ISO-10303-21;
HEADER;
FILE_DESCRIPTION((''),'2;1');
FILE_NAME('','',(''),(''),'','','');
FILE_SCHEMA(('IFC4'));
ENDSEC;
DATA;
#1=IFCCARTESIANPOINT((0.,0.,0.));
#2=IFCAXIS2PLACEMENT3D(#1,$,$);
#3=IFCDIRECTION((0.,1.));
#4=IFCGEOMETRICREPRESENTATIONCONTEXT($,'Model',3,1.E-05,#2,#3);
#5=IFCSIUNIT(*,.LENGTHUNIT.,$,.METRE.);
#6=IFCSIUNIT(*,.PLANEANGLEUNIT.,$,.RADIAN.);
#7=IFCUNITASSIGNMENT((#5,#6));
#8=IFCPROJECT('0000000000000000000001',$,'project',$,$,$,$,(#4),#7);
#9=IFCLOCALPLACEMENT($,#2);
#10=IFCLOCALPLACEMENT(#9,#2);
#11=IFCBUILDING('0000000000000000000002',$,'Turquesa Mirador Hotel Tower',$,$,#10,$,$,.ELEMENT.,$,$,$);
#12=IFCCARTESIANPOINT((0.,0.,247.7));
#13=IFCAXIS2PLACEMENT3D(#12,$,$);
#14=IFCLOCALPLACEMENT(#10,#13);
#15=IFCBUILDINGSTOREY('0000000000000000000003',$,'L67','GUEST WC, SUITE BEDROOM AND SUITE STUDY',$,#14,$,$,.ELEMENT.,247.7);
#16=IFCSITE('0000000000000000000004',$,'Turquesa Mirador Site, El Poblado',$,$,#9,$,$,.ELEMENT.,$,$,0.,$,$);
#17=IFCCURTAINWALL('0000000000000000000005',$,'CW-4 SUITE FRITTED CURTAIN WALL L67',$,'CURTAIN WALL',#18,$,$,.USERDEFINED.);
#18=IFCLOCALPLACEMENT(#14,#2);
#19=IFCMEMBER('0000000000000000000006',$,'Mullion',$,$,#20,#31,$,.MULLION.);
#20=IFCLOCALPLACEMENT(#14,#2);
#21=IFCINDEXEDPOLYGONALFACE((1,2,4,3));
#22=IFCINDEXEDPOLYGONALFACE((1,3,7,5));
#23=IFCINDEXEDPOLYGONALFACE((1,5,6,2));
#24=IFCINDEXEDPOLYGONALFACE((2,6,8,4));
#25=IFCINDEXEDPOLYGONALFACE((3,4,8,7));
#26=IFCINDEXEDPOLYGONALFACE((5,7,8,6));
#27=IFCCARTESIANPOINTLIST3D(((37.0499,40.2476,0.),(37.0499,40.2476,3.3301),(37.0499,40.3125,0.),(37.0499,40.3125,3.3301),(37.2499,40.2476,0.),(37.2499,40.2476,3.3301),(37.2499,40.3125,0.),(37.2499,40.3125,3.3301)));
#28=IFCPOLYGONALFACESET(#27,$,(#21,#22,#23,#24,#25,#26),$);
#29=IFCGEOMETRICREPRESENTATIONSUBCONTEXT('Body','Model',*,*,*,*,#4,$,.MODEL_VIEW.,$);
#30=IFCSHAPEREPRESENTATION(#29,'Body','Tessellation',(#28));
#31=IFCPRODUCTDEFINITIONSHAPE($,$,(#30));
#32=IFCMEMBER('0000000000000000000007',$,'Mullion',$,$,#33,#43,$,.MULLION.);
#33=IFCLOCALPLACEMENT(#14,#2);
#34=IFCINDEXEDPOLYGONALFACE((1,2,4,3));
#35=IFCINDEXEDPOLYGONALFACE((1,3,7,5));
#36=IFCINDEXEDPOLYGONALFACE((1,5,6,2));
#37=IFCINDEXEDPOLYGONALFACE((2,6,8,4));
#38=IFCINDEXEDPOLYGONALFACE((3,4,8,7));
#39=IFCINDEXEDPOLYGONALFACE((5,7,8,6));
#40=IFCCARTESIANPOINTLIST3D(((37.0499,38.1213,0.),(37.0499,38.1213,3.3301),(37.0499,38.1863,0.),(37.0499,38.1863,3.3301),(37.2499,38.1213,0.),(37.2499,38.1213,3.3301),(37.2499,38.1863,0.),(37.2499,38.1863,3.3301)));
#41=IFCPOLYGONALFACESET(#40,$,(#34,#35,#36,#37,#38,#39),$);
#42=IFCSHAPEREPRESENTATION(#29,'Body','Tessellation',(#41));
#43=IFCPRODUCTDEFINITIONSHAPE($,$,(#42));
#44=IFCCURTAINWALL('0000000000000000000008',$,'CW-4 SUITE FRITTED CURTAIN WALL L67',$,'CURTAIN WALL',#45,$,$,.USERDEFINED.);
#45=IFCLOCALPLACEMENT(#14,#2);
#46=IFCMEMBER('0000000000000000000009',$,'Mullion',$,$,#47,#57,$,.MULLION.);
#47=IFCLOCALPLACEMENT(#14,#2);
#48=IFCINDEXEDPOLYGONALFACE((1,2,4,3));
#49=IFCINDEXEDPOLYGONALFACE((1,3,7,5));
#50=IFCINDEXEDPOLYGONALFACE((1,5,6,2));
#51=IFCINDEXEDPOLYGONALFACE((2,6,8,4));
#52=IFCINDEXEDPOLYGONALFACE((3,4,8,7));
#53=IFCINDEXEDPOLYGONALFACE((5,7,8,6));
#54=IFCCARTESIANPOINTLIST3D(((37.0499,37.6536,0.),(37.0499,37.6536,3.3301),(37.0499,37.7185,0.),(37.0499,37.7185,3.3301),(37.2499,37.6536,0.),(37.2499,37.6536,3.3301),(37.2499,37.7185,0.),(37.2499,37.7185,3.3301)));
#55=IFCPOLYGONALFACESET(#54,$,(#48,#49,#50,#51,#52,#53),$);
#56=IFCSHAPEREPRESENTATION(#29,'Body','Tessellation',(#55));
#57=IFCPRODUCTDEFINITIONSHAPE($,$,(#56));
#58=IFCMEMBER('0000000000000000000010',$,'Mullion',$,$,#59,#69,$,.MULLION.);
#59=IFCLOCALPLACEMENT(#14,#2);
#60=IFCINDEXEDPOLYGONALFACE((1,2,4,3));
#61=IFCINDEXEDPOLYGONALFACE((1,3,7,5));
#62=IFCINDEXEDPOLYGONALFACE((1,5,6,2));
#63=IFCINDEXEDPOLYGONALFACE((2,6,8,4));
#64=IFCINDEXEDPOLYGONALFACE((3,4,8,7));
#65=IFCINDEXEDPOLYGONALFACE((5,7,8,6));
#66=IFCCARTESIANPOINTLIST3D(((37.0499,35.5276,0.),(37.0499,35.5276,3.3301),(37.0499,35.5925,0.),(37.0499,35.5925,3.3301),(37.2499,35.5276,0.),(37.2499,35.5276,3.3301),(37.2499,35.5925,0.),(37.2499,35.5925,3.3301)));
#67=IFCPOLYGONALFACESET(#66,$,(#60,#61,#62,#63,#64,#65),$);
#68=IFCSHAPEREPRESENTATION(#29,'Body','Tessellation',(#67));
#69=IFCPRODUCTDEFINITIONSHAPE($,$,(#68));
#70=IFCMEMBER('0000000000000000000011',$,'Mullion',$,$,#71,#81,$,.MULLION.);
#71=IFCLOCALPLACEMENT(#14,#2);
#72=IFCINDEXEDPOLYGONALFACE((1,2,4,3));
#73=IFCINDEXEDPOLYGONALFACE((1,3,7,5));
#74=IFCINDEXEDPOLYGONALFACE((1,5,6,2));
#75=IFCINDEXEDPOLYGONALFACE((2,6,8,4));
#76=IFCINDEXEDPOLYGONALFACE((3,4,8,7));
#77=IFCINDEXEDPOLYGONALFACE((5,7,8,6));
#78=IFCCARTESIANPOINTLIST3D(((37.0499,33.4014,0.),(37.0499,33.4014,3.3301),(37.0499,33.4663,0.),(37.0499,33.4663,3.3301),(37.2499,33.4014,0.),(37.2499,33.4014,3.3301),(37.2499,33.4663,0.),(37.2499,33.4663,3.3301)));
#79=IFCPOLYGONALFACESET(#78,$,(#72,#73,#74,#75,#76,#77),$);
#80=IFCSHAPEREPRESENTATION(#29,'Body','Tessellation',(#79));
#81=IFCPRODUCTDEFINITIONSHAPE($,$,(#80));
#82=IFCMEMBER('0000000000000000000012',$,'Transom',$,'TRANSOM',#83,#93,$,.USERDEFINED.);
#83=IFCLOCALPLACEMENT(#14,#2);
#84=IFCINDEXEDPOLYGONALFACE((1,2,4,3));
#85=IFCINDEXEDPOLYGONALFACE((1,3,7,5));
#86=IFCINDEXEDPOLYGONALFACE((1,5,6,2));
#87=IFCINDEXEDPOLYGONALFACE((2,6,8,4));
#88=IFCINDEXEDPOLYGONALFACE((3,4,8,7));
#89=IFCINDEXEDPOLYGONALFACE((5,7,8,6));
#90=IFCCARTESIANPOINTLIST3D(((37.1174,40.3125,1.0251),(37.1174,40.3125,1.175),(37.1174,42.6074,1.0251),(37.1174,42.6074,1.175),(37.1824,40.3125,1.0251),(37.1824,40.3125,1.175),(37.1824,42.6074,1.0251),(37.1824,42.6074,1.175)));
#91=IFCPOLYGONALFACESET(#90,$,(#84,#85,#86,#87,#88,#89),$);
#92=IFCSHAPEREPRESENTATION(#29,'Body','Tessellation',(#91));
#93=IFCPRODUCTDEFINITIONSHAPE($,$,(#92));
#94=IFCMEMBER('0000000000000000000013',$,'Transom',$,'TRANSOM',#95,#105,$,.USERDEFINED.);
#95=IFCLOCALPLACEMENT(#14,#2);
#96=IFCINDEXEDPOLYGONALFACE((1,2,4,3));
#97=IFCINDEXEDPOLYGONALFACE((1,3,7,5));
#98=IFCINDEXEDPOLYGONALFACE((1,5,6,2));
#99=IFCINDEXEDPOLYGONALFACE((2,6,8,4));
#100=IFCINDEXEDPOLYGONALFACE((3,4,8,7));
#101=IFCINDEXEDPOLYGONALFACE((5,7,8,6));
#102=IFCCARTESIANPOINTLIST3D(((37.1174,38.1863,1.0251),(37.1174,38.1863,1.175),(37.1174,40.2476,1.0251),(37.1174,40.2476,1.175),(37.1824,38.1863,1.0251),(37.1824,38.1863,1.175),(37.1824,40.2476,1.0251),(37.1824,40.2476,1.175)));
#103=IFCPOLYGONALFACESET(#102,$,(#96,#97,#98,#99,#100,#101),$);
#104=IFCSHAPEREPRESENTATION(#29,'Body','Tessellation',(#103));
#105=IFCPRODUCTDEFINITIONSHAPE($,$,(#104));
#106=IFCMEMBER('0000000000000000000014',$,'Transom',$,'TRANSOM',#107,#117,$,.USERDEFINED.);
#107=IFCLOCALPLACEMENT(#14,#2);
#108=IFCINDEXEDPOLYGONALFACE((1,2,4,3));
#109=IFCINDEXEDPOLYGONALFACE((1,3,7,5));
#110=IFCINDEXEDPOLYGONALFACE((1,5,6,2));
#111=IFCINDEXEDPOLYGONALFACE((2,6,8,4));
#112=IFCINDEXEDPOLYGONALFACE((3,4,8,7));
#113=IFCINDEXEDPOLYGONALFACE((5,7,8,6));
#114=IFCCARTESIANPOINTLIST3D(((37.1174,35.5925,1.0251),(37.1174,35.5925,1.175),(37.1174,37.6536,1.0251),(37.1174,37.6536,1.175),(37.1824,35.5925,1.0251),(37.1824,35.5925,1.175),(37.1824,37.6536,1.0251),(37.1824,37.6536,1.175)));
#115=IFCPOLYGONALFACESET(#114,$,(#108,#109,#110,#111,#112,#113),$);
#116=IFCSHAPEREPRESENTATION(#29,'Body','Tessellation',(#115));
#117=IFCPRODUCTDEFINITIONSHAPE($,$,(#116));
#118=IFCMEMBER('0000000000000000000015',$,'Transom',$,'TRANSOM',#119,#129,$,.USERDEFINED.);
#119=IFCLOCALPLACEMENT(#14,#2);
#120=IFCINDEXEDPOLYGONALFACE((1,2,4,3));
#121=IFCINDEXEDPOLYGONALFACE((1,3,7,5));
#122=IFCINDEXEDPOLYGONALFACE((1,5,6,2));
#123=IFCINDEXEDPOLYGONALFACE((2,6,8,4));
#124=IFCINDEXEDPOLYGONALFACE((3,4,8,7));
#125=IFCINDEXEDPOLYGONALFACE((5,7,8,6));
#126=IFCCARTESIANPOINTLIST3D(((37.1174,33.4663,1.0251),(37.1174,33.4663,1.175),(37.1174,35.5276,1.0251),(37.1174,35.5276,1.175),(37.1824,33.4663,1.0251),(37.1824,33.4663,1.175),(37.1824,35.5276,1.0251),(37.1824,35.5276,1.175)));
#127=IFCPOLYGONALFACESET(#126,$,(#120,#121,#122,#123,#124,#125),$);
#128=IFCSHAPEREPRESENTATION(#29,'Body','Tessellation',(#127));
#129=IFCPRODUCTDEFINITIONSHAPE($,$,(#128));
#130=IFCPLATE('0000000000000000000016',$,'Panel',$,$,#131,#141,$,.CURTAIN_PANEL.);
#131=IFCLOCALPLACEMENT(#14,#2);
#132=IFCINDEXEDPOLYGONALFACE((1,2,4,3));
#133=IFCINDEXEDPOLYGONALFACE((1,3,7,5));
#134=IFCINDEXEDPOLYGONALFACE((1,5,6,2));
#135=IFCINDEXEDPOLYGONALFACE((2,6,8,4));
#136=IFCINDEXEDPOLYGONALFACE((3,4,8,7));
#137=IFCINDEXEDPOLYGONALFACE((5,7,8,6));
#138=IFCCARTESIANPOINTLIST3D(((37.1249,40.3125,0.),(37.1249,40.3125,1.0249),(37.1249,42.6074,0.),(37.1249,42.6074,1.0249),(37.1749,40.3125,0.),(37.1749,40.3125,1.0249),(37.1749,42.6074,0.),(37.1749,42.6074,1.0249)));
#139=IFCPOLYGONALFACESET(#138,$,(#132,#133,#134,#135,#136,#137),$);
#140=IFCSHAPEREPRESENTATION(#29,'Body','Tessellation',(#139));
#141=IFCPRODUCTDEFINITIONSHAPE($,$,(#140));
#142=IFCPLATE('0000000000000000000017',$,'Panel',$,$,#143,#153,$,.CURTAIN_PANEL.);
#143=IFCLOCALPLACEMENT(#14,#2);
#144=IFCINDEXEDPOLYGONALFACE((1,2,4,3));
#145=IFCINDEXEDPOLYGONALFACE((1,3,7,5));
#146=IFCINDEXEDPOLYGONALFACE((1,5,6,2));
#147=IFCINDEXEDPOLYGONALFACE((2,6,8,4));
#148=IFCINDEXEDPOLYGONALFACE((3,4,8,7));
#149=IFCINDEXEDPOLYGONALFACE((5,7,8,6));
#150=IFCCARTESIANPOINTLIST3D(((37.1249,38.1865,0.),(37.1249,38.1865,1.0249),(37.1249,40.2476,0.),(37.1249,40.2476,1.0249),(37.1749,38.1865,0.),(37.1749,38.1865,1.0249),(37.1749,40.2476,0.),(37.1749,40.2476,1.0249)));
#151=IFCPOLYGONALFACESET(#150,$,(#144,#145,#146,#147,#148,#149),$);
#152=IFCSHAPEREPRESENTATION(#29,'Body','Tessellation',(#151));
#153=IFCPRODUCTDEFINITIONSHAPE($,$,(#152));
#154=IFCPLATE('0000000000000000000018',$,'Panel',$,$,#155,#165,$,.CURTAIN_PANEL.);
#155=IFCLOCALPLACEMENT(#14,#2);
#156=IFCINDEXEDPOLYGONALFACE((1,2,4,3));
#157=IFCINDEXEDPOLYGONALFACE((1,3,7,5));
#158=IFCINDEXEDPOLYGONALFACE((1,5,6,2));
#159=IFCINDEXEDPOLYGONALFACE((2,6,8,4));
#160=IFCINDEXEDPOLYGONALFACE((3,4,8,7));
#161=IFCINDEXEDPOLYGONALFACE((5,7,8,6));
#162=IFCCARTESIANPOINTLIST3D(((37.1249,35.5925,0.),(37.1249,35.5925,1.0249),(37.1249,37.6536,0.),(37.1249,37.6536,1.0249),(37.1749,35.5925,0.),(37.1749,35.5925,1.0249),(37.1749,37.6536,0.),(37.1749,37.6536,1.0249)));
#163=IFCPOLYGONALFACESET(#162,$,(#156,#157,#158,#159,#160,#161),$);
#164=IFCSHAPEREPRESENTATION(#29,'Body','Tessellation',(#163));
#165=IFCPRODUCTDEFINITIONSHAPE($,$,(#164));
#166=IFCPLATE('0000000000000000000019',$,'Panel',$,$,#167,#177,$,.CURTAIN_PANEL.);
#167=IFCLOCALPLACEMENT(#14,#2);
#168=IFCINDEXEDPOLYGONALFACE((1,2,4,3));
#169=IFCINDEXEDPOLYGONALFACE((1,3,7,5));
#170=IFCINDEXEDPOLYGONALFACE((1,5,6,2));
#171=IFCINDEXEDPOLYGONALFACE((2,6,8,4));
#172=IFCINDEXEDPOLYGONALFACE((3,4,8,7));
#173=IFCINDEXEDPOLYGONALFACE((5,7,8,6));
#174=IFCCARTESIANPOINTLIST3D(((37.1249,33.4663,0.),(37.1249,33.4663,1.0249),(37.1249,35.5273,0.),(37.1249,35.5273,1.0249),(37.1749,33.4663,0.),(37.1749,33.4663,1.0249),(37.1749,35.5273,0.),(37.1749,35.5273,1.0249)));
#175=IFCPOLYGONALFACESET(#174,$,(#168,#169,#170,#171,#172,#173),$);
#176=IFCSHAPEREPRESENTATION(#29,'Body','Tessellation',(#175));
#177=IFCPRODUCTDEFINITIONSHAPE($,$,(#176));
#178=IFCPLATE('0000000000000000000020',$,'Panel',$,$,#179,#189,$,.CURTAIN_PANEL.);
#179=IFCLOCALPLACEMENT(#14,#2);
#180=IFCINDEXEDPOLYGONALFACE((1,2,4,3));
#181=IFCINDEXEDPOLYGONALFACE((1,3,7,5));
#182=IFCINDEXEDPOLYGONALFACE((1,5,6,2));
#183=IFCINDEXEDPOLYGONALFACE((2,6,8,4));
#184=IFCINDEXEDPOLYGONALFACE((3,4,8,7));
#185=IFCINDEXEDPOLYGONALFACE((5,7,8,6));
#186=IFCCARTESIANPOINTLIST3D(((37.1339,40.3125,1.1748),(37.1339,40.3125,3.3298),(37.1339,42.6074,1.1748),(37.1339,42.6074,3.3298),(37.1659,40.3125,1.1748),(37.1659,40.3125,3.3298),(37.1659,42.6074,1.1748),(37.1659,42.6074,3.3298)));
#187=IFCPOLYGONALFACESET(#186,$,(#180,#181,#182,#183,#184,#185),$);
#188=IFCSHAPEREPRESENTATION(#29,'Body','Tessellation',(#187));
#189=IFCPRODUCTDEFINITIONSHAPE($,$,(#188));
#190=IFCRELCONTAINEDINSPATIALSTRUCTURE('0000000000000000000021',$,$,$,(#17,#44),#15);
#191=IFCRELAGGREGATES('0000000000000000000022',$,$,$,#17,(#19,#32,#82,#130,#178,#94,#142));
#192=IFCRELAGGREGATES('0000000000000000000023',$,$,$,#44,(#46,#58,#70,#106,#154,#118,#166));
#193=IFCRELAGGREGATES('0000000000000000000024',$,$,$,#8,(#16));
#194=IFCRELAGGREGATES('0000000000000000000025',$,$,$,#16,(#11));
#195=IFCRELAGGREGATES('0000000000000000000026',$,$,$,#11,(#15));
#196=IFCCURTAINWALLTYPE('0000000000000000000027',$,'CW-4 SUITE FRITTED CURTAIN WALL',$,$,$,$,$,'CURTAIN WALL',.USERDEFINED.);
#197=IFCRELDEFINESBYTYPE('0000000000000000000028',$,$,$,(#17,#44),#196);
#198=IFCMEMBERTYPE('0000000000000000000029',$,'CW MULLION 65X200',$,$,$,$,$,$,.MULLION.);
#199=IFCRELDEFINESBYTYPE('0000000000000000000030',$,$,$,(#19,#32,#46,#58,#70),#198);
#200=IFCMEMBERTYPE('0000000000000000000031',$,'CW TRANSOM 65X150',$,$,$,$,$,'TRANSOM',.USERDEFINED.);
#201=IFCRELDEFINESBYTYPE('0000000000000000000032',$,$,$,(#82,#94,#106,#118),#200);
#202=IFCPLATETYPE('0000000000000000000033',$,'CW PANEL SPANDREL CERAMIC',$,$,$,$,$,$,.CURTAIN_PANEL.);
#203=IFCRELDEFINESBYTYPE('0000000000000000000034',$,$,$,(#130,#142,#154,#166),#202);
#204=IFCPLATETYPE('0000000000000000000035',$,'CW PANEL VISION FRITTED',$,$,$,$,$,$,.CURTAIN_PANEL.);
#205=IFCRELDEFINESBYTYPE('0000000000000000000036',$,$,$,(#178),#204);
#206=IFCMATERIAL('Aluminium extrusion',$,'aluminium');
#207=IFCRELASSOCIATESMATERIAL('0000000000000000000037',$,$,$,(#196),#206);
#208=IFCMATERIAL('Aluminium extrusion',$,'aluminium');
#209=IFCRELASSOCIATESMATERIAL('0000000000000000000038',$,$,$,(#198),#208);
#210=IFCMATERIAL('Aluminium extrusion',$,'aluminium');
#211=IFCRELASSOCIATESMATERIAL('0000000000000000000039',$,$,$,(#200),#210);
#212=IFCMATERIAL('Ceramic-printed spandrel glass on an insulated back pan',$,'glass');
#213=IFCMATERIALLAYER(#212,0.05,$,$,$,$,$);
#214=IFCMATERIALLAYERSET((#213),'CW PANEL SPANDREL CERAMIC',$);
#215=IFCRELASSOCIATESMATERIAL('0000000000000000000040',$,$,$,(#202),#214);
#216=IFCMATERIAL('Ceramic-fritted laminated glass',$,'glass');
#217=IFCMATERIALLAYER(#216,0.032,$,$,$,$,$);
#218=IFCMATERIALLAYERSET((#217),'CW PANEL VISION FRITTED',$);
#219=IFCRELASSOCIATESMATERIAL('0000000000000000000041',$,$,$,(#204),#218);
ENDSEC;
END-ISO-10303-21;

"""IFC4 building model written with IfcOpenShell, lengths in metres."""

from ifc_helpers import new_model, si_unit, direction, frame, origin, origin_2d, place, context, subcontext, project, spatial, rectangle, extrude, material, layer, layer_set, material_profile, profile_set, type_object, element, aggregate, save


model = new_model("IFC4")

# Units and contexts
model_context = context("Model", 3, precision=1e-05, world=origin(), true_north=direction((0.0, 1.0)))
body_context = subcontext(model_context, "Body", "Model", "MODEL_VIEW")
ifc_project = project(units=[si_unit("LENGTHUNIT", "METRE"), si_unit("PLANEANGLEUNIT", "RADIAN")], contexts=[model_context])

# Site, building, storey
site_placement = place(None, origin())
site = spatial("IfcSite", under=ifc_project, at=site_placement, Name="Turquesa Mirador Site, El Poblado", CompositionType="ELEMENT", RefElevation=0.0)
building_placement = place(site_placement, origin())
building = spatial("IfcBuilding", under=site, at=building_placement, Name="Turquesa Mirador Hotel Tower", CompositionType="ELEMENT")
storey_placement = place(building_placement, frame((0.0, 0.0, 247.7)))
storey = spatial("IfcBuildingStorey", under=building, at=storey_placement, Name="L67", Description="GUEST WC, SUITE BEDROOM AND SUITE STUDY", CompositionType="ELEMENT", Elevation=247.7)

# Curtain walls, members
ifc_material_1 = material(Name="Aluminium extrusion", Category="aluminium")
curtain_wall_type = type_object("IfcCurtainWallType", Name="CW-4 SUITE FRITTED CURTAIN WALL", ElementType="CURTAIN WALL", PredefinedType="USERDEFINED", material=ifc_material_1)
curtain_wall_1_placement = place(storey_placement, origin())
curtain_wall_1 = element("IfcCurtainWall", 1, at=curtain_wall_1_placement, inside=storey, type_object=curtain_wall_type, Name="CW-4 SUITE FRITTED CURTAIN WALL L67", ObjectType="CURTAIN WALL", PredefinedType="USERDEFINED")
ifc_material_2 = material(Name="Aluminium extrusion", Category="aluminium")
ifc_material_profile_1 = material_profile(ifc_material_2, rectangle(XDim=0.0649, YDim=0.2, at=origin_2d()), Name="MULLION 65X200")
ifc_profile_set_1 = profile_set([ifc_material_profile_1], Name="Aluminium extrusion")
member_type_1 = type_object("IfcMemberType", Name="CW MULLION 65X200", PredefinedType="MULLION", material=ifc_profile_set_1)
member_1_placement = place(storey_placement, frame((37.1499, 40.28, 0.0), z_axis=(0.0, 0.0, 1.0), x_axis=(0.0, -1.0, 0.0)))
member_1 = element("IfcMember", 2, at=member_1_placement, type_object=member_type_1, Name="Mullion", PredefinedType="MULLION", context=body_context, shape_type="SweptSolid", body=[
    extrude(rectangle(XDim=0.0649, YDim=0.2, at=origin_2d()), origin(), (0.0, 0.0, 1.0), 3.3301),
])
member_2_placement = place(storey_placement, frame((37.1499, 38.1538, 0.0), z_axis=(0.0, 0.0, 1.0), x_axis=(0.0, -1.0, 0.0)))
member_2 = element("IfcMember", 3, at=member_2_placement, type_object=member_type_1, Name="Mullion", PredefinedType="MULLION", context=body_context, shape_type="SweptSolid", body=[
    extrude(rectangle(XDim=0.0649, YDim=0.2, at=origin_2d()), origin(), (0.0, 0.0, 1.0), 3.3301),
])
curtain_wall_2_placement = place(storey_placement, origin())
curtain_wall_2 = element("IfcCurtainWall", 4, at=curtain_wall_2_placement, inside=storey, type_object=curtain_wall_type, Name="CW-4 SUITE FRITTED CURTAIN WALL L67", ObjectType="CURTAIN WALL", PredefinedType="USERDEFINED")
member_3_placement = place(storey_placement, frame((37.1499, 37.686, 0.0), z_axis=(0.0, 0.0, 1.0), x_axis=(0.0, -1.0, 0.0)))
member_3 = element("IfcMember", 5, at=member_3_placement, type_object=member_type_1, Name="Mullion", PredefinedType="MULLION", context=body_context, shape_type="SweptSolid", body=[
    extrude(rectangle(XDim=0.0649, YDim=0.2, at=origin_2d()), origin(), (0.0, 0.0, 1.0), 3.3301),
])
member_4_placement = place(storey_placement, frame((37.1499, 35.5601, 0.0), z_axis=(0.0, 0.0, 1.0), x_axis=(0.0, -1.0, 0.0)))
member_4 = element("IfcMember", 6, at=member_4_placement, type_object=member_type_1, Name="Mullion", PredefinedType="MULLION", context=body_context, shape_type="SweptSolid", body=[
    extrude(rectangle(XDim=0.0649, YDim=0.2, at=origin_2d()), origin(), (0.0, 0.0, 1.0), 3.3301),
])
member_5_placement = place(storey_placement, frame((37.1499, 33.4338, 0.0), z_axis=(0.0, 0.0, 1.0), x_axis=(0.0, -1.0, 0.0)))
member_5 = element("IfcMember", 7, at=member_5_placement, type_object=member_type_1, Name="Mullion", PredefinedType="MULLION", context=body_context, shape_type="SweptSolid", body=[
    extrude(rectangle(XDim=0.0649, YDim=0.2, at=origin_2d()), origin(), (0.0, 0.0, 1.0), 3.3301),
])

# Members
ifc_material_3 = material(Name="Aluminium extrusion", Category="aluminium")
ifc_material_profile_2 = material_profile(ifc_material_3, rectangle(XDim=0.0649, YDim=0.1499, at=origin_2d()), Name="TRANSOM 65X150")
ifc_profile_set_2 = profile_set([ifc_material_profile_2], Name="Aluminium extrusion")
member_type_2 = type_object("IfcMemberType", Name="CW TRANSOM 65X150", ElementType="TRANSOM", PredefinedType="USERDEFINED", material=ifc_profile_set_2)
member_6_placement = place(storey_placement, frame((37.1499, 42.6074, 1.1001), z_axis=(0.0, -1.0, 0.0), x_axis=(1.0, 0.0, 0.0)))
member_6 = element("IfcMember", 8, at=member_6_placement, type_object=member_type_2, Name="Transom", ObjectType="TRANSOM", PredefinedType="USERDEFINED", context=body_context, shape_type="SweptSolid", body=[
    extrude(rectangle(XDim=0.0649, YDim=0.1499, at=origin_2d()), origin(), (0.0, 0.0, 1.0), 2.2949),
])
member_7_placement = place(storey_placement, frame((37.1499, 40.2476, 1.1001), z_axis=(0.0, -1.0, 0.0), x_axis=(1.0, 0.0, 0.0)))
member_7 = element("IfcMember", 9, at=member_7_placement, type_object=member_type_2, Name="Transom", ObjectType="TRANSOM", PredefinedType="USERDEFINED", context=body_context, shape_type="SweptSolid", body=[
    extrude(rectangle(XDim=0.0649, YDim=0.1499, at=origin_2d()), origin(), (0.0, 0.0, 1.0), 2.0613),
])
member_8_placement = place(storey_placement, frame((37.1499, 37.6536, 1.1001), z_axis=(0.0, -1.0, 0.0), x_axis=(1.0, 0.0, 0.0)))
member_8 = element("IfcMember", 10, at=member_8_placement, type_object=member_type_2, Name="Transom", ObjectType="TRANSOM", PredefinedType="USERDEFINED", context=body_context, shape_type="SweptSolid", body=[
    extrude(rectangle(XDim=0.0649, YDim=0.1499, at=origin_2d()), origin(), (0.0, 0.0, 1.0), 2.061),
])
member_9_placement = place(storey_placement, frame((37.1499, 35.5276, 1.1001), z_axis=(0.0, -1.0, 0.0), x_axis=(1.0, 0.0, 0.0)))
member_9 = element("IfcMember", 11, at=member_9_placement, type_object=member_type_2, Name="Transom", ObjectType="TRANSOM", PredefinedType="USERDEFINED", context=body_context, shape_type="SweptSolid", body=[
    extrude(rectangle(XDim=0.0649, YDim=0.1499, at=origin_2d()), origin(), (0.0, 0.0, 1.0), 2.0613),
])

# Plates
ifc_material_4 = material(Name="Ceramic-printed spandrel glass on an insulated back pan", Category="glass")
ifc_layer_1 = layer(ifc_material_4, 0.05)
ifc_layer_set_1 = layer_set([ifc_layer_1], Name="CW PANEL SPANDREL CERAMIC")
plate_type_1 = type_object("IfcPlateType", Name="CW PANEL SPANDREL CERAMIC", PredefinedType="CURTAIN_PANEL", material=ifc_layer_set_1)
plate_1_placement = place(storey_placement, frame((37.1499, 41.46, 0.0), z_axis=(0.0, 0.0, 1.0), x_axis=(0.0, -1.0, 0.0)))
plate_1 = element("IfcPlate", 12, at=plate_1_placement, type_object=plate_type_1, Name="Panel", PredefinedType="CURTAIN_PANEL", context=body_context, shape_type="SweptSolid", body=[
    extrude(rectangle(XDim=2.2949, YDim=0.05, at=origin_2d()), origin(), (0.0, 0.0, 1.0), 1.0249),
])
plate_2_placement = place(storey_placement, frame((37.1499, 39.217, 0.0), z_axis=(0.0, 0.0, 1.0), x_axis=(0.0, -1.0, 0.0)))
plate_2 = element("IfcPlate", 13, at=plate_2_placement, type_object=plate_type_1, Name="Panel", PredefinedType="CURTAIN_PANEL", context=body_context, shape_type="SweptSolid", body=[
    extrude(rectangle(XDim=2.061, YDim=0.05, at=origin_2d()), origin(), (0.0, 0.0, 1.0), 1.0249),
])
plate_3_placement = place(storey_placement, frame((37.1499, 36.623, 0.0), z_axis=(0.0, 0.0, 1.0), x_axis=(0.0, -1.0, 0.0)))
plate_3 = element("IfcPlate", 14, at=plate_3_placement, type_object=plate_type_1, Name="Panel", PredefinedType="CURTAIN_PANEL", context=body_context, shape_type="SweptSolid", body=[
    extrude(rectangle(XDim=2.061, YDim=0.05, at=origin_2d()), origin(), (0.0, 0.0, 1.0), 1.0249),
])
plate_4_placement = place(storey_placement, frame((37.1499, 34.4968, 0.0), z_axis=(0.0, 0.0, 1.0), x_axis=(0.0, -1.0, 0.0)))
plate_4 = element("IfcPlate", 15, at=plate_4_placement, type_object=plate_type_1, Name="Panel", PredefinedType="CURTAIN_PANEL", context=body_context, shape_type="SweptSolid", body=[
    extrude(rectangle(XDim=2.061, YDim=0.05, at=origin_2d()), origin(), (0.0, 0.0, 1.0), 1.0249),
])
ifc_material_5 = material(Name="Ceramic-fritted laminated glass", Category="glass")
ifc_layer_2 = layer(ifc_material_5, 0.032)
ifc_layer_set_2 = layer_set([ifc_layer_2], Name="CW PANEL VISION FRITTED")
plate_type_2 = type_object("IfcPlateType", Name="CW PANEL VISION FRITTED", PredefinedType="CURTAIN_PANEL", material=ifc_layer_set_2)
plate_5_placement = place(storey_placement, frame((37.1499, 41.46, 1.1748), z_axis=(0.0, 0.0, 1.0), x_axis=(0.0, -1.0, 0.0)))
plate_5 = element("IfcPlate", 16, at=plate_5_placement, type_object=plate_type_2, Name="Panel", PredefinedType="CURTAIN_PANEL", context=body_context, shape_type="SweptSolid", body=[
    extrude(rectangle(XDim=2.2949, YDim=0.032, at=origin_2d()), origin(), (0.0, 0.0, 1.0), 2.155),
])
aggregate(curtain_wall_1, [member_1, member_2, member_6, plate_1, plate_5, member_7, plate_2])
aggregate(curtain_wall_2, [member_3, member_4, member_5, member_8, plate_3, member_9, plate_4])

save(model, "model.ifc")
